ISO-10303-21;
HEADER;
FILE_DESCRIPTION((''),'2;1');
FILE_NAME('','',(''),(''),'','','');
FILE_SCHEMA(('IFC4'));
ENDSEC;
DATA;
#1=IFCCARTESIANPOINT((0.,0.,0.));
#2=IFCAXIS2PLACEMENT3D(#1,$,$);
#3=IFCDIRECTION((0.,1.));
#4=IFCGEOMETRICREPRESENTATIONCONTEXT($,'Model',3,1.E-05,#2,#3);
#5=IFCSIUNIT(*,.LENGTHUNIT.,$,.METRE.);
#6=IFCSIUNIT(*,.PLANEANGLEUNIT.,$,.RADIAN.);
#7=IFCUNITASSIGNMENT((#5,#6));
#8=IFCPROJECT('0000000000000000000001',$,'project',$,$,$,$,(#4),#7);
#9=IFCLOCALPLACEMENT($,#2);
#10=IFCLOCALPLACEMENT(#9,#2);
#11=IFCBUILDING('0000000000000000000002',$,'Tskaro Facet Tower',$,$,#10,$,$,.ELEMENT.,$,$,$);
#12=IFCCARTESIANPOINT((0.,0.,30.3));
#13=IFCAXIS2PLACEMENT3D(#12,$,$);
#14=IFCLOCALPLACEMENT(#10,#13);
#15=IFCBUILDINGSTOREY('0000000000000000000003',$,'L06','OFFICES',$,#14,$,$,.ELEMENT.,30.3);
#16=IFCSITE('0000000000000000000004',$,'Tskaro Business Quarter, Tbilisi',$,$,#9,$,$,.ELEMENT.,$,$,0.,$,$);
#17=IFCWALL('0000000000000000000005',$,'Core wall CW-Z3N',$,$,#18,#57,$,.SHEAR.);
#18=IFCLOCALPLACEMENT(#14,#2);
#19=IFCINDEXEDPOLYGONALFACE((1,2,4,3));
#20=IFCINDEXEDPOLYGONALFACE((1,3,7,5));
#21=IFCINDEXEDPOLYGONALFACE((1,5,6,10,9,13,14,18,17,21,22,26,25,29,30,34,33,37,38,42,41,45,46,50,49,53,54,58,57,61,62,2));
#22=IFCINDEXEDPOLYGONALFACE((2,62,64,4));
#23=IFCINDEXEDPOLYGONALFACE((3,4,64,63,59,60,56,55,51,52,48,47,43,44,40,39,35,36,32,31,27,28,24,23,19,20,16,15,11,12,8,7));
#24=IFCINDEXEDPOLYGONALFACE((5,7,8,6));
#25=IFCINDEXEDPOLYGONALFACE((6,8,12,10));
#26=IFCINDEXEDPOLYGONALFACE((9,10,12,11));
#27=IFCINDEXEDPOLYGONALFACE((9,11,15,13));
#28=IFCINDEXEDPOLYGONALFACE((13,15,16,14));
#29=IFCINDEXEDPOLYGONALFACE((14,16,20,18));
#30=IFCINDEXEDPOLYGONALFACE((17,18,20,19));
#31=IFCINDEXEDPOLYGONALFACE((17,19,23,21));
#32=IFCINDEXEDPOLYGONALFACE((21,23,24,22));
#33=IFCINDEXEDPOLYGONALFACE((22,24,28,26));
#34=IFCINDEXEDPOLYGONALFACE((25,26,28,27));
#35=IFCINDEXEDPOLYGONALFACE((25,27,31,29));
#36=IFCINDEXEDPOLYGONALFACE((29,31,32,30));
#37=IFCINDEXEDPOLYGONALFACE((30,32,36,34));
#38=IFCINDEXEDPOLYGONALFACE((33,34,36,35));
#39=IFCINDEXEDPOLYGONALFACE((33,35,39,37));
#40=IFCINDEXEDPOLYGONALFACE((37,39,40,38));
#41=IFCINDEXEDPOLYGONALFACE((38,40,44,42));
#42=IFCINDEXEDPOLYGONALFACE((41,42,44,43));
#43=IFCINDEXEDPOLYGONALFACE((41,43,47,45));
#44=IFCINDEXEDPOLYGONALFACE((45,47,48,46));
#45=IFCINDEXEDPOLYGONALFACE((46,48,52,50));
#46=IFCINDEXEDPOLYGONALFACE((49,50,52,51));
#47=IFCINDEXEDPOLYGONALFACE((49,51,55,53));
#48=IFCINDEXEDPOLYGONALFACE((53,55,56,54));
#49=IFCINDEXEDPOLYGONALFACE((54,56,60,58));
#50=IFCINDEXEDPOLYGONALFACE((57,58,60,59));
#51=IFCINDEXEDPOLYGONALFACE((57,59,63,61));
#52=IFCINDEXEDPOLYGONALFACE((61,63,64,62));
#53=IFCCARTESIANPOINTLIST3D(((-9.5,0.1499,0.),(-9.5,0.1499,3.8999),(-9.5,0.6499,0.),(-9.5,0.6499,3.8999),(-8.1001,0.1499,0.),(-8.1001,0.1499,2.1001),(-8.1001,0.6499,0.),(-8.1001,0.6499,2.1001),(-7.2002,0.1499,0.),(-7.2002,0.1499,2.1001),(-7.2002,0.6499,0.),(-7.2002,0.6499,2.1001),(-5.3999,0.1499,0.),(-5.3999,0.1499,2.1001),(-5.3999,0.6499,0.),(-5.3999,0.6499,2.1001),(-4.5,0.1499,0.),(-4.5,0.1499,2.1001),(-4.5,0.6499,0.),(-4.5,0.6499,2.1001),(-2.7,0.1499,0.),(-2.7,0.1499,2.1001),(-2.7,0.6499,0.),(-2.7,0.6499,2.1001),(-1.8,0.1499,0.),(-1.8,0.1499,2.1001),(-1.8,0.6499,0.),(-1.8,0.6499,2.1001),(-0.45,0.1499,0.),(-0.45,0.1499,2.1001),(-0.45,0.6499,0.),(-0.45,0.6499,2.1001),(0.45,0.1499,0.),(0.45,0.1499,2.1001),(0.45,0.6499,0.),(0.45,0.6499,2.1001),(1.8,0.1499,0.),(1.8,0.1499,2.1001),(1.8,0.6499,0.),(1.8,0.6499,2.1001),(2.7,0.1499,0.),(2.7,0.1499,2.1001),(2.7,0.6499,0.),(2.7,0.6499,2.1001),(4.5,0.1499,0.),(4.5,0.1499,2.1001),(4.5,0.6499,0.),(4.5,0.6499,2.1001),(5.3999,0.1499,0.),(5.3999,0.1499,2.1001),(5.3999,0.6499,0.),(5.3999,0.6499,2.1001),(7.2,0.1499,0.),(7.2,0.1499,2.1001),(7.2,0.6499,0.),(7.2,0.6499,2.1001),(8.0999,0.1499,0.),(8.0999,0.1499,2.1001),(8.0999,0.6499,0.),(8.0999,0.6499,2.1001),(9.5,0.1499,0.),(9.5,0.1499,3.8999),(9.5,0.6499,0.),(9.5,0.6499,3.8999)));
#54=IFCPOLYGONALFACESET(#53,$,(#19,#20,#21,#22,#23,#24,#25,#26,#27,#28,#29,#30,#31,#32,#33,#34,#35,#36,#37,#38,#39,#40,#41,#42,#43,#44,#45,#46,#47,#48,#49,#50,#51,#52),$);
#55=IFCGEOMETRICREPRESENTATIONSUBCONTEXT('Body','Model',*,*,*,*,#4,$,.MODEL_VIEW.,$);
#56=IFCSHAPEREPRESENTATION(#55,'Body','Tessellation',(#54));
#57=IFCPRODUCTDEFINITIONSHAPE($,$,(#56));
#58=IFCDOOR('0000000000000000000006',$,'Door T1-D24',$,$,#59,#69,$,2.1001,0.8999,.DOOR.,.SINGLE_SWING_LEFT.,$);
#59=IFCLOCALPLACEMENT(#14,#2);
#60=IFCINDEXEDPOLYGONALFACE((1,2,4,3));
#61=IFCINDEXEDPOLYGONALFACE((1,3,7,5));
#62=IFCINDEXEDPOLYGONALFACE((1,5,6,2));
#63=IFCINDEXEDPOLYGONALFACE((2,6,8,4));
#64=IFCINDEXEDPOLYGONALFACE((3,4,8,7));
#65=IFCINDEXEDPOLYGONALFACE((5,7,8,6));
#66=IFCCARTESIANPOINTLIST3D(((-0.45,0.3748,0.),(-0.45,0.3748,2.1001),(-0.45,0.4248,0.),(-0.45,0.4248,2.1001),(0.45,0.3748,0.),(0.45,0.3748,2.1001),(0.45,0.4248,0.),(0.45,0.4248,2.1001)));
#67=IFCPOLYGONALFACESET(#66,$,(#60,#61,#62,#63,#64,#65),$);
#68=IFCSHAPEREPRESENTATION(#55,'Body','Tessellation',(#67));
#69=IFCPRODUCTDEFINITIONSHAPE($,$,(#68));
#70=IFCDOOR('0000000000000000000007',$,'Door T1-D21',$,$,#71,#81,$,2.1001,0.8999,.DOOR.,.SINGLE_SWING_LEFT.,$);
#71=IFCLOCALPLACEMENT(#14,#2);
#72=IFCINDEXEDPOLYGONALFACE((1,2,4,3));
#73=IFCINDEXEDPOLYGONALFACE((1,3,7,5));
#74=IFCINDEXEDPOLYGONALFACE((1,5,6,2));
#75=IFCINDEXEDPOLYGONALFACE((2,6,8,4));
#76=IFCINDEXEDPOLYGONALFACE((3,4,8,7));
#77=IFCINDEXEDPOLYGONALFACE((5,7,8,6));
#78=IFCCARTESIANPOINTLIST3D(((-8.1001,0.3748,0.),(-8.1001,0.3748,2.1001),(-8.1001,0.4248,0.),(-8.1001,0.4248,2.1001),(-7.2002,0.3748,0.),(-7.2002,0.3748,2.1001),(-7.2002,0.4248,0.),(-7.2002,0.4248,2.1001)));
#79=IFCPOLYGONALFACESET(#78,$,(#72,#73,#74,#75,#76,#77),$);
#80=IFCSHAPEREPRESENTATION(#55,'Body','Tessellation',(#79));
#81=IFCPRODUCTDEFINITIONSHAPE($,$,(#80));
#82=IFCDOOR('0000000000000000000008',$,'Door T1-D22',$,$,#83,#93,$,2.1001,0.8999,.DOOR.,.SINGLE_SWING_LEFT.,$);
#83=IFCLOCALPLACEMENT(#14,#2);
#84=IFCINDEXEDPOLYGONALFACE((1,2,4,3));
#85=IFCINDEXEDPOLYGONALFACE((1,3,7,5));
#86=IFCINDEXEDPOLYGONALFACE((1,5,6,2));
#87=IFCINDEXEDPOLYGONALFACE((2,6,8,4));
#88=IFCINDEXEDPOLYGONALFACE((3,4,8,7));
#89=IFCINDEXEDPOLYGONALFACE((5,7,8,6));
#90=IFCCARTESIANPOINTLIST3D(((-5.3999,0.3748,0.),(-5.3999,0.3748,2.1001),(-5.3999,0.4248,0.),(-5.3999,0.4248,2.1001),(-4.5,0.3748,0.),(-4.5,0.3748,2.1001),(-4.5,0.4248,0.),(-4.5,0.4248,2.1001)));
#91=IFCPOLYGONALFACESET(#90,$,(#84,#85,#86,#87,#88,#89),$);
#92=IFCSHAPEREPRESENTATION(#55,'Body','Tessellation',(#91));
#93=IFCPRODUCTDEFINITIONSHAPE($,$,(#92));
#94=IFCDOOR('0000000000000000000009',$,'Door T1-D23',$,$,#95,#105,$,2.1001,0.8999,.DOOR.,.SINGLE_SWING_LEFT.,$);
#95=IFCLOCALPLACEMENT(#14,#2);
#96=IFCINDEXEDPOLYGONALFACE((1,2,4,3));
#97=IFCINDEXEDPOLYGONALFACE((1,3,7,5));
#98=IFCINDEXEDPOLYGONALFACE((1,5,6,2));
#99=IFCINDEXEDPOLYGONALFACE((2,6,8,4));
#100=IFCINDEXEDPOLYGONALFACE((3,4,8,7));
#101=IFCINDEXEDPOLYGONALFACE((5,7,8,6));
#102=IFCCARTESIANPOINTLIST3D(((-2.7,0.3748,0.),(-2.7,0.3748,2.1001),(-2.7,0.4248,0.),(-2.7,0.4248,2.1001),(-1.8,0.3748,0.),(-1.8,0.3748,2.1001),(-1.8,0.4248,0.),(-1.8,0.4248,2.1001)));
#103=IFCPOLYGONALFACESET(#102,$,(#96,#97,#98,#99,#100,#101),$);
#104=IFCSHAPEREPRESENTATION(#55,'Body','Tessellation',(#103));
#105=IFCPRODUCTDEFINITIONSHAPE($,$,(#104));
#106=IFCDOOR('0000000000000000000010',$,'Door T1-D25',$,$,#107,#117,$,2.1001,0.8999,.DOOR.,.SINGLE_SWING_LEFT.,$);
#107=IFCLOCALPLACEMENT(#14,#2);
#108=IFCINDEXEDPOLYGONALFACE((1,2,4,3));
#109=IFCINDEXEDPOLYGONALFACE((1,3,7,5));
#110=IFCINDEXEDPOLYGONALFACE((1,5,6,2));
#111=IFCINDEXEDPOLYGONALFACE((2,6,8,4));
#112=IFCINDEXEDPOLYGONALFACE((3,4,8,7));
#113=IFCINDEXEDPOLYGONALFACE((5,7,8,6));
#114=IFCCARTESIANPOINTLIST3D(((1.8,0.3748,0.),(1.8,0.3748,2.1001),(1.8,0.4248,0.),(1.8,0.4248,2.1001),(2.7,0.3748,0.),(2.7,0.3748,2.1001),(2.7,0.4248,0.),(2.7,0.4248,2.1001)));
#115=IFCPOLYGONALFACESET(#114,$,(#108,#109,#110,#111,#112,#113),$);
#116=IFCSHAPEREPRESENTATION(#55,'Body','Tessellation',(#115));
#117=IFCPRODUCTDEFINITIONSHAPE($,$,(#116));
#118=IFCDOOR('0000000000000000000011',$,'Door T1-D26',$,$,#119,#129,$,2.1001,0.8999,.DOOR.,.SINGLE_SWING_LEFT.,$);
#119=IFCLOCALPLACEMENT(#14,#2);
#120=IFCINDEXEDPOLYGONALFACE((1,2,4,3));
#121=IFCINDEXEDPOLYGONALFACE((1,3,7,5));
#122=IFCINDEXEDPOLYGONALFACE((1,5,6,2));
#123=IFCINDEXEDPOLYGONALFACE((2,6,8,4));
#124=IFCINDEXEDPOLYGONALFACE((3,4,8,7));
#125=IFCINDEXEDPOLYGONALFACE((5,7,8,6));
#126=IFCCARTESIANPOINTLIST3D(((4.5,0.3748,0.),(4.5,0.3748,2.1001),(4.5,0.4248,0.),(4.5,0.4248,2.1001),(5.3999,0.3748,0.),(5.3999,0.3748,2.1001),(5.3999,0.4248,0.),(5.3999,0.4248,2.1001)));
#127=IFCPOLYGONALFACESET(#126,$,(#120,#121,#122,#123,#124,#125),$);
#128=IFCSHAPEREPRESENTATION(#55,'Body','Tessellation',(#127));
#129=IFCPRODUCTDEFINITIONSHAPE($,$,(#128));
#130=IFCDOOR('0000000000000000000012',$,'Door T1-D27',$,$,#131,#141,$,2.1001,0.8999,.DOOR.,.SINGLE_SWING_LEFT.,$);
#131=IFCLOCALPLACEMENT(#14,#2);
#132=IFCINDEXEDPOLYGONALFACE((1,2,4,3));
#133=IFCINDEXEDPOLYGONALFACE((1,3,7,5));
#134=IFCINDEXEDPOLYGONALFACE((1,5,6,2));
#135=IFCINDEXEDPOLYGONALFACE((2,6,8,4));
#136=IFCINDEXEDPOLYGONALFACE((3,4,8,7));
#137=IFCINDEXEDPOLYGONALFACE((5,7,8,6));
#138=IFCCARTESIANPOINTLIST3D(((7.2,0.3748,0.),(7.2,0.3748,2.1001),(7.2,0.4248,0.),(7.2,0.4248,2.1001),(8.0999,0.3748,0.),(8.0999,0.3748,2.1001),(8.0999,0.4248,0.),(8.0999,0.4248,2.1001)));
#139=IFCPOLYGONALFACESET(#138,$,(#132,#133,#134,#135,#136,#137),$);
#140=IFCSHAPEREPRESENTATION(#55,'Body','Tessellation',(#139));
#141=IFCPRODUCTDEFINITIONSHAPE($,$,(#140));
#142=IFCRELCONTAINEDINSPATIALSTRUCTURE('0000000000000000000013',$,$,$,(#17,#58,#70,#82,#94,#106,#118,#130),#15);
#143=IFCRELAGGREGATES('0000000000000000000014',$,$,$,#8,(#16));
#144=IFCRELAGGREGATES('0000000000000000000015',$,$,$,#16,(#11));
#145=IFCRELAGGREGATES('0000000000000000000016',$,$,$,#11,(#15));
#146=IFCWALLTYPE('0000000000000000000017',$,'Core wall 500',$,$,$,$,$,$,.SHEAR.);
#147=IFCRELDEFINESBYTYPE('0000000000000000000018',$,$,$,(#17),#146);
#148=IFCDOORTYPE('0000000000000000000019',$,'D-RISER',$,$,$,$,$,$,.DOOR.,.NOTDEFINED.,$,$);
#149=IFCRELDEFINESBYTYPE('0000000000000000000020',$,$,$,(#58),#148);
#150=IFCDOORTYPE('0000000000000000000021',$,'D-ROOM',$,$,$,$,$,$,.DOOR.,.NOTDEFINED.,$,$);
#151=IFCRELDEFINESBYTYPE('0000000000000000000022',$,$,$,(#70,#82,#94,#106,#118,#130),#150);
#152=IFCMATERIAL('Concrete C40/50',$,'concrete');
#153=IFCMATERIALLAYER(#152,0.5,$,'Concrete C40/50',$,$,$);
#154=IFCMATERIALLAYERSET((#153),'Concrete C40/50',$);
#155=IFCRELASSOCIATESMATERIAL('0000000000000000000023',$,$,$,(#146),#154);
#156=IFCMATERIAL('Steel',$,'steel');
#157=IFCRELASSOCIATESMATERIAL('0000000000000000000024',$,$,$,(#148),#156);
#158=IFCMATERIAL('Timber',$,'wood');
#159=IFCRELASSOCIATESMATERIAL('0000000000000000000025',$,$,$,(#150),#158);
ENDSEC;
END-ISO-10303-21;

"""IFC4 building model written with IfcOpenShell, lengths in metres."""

from ifc_helpers import new_model, si_unit, direction, frame, frame_2d, origin, place, context, subcontext, project, spatial, rectangle, extrude, material, layer, layer_set, type_object, element, fill, save


model = new_model("IFC4")

# Units and contexts
model_context = context("Model", 3, precision=1e-05, world=origin(), true_north=direction((0.0, 1.0)))
body_context = subcontext(model_context, "Body", "Model", "MODEL_VIEW")
ifc_project = project(units=[si_unit("LENGTHUNIT", "METRE"), si_unit("PLANEANGLEUNIT", "RADIAN")], contexts=[model_context])

# Site, building, storey
site_placement = place(None, origin())
site = spatial("IfcSite", under=ifc_project, at=site_placement, Name="Tskaro Business Quarter, Tbilisi", CompositionType="ELEMENT", RefElevation=0.0)
building_placement = place(site_placement, origin())
building = spatial("IfcBuilding", under=site, at=building_placement, Name="Tskaro Facet Tower", CompositionType="ELEMENT")
storey_placement = place(building_placement, frame((0.0, 0.0, 30.3)))
storey = spatial("IfcBuildingStorey", under=building, at=storey_placement, Name="L06", Description="OFFICES", CompositionType="ELEMENT", Elevation=30.3)

# Wall, openings, doors
ifc_material_1 = material(Name="Concrete C40/50", Category="concrete")
ifc_layer_1 = layer(ifc_material_1, 0.5, Name="Concrete C40/50")
ifc_layer_set_1 = layer_set([ifc_layer_1], Name="Concrete C40/50")
wall_type_1 = type_object("IfcWallType", Name="Core wall 500", PredefinedType="SHEAR", material=ifc_layer_set_1)
wall_1_placement = place(storey_placement, frame((-9.5, 0.3999, 0.0), z_axis=(0.0, 0.0, 1.0), x_axis=(1.0, 0.0, 0.0)))
wall_1 = element("IfcWall", 1, at=wall_1_placement, inside=storey, type_object=wall_type_1, Name="Core wall CW-Z3N", PredefinedType="SHEAR", context=body_context, shape_type="SweptSolid", body=[
    extrude(rectangle(XDim=19.0, YDim=0.5, at=frame_2d((9.5, 0.0))), origin(), (0.0, 0.0, 1.0), 3.8999),
])
opening_1_placement = place(wall_1_placement, frame((1.3999, 0.0, 0.0)))
opening_1 = element("IfcOpeningElement", 2, at=opening_1_placement, cuts=wall_1, PredefinedType="OPENING", context=body_context, shape_type="SweptSolid", body=[
    extrude(rectangle(XDim=0.8999, YDim=2.1001, at=frame_2d((0.45, 1.05))), frame((0.0, 0.26, 0.0), z_axis=(0.0, -1.0, 0.0), x_axis=(1.0, 0.0, 0.0)), (0.0, 0.0, 1.0), 0.52),
])
opening_2_placement = place(wall_1_placement, frame((4.1001, 0.0, 0.0)))
opening_2 = element("IfcOpeningElement", 3, at=opening_2_placement, cuts=wall_1, PredefinedType="OPENING", context=body_context, shape_type="SweptSolid", body=[
    extrude(rectangle(XDim=0.8999, YDim=2.1001, at=frame_2d((0.45, 1.05))), frame((0.0, 0.26, 0.0), z_axis=(0.0, -1.0, 0.0), x_axis=(1.0, 0.0, 0.0)), (0.0, 0.0, 1.0), 0.52),
])
opening_3_placement = place(wall_1_placement, frame((6.8, 0.0, 0.0)))
opening_3 = element("IfcOpeningElement", 4, at=opening_3_placement, cuts=wall_1, PredefinedType="OPENING", context=body_context, shape_type="SweptSolid", body=[
    extrude(rectangle(XDim=0.8999, YDim=2.1001, at=frame_2d((0.45, 1.05))), frame((0.0, 0.26, 0.0), z_axis=(0.0, -1.0, 0.0), x_axis=(1.0, 0.0, 0.0)), (0.0, 0.0, 1.0), 0.52),
])
opening_4_placement = place(wall_1_placement, frame((11.3, 0.0, 0.0)))
opening_4 = element("IfcOpeningElement", 5, at=opening_4_placement, cuts=wall_1, PredefinedType="OPENING", context=body_context, shape_type="SweptSolid", body=[
    extrude(rectangle(XDim=0.8999, YDim=2.1001, at=frame_2d((0.45, 1.05))), frame((0.0, 0.26, 0.0), z_axis=(0.0, -1.0, 0.0), x_axis=(1.0, 0.0, 0.0)), (0.0, 0.0, 1.0), 0.52),
])
opening_5_placement = place(wall_1_placement, frame((14.0, 0.0, 0.0)))
opening_5 = element("IfcOpeningElement", 6, at=opening_5_placement, cuts=wall_1, PredefinedType="OPENING", context=body_context, shape_type="SweptSolid", body=[
    extrude(rectangle(XDim=0.8999, YDim=2.1001, at=frame_2d((0.45, 1.05))), frame((0.0, 0.26, 0.0), z_axis=(0.0, -1.0, 0.0), x_axis=(1.0, 0.0, 0.0)), (0.0, 0.0, 1.0), 0.52),
])
opening_6_placement = place(wall_1_placement, frame((16.7, 0.0, 0.0)))
opening_6 = element("IfcOpeningElement", 7, at=opening_6_placement, cuts=wall_1, PredefinedType="OPENING", context=body_context, shape_type="SweptSolid", body=[
    extrude(rectangle(XDim=0.8999, YDim=2.1001, at=frame_2d((0.45, 1.05))), frame((0.0, 0.26, 0.0), z_axis=(0.0, -1.0, 0.0), x_axis=(1.0, 0.0, 0.0)), (0.0, 0.0, 1.0), 0.52),
])
opening_7_placement = place(wall_1_placement, frame((9.05, 0.0, 0.0)))
opening_7 = element("IfcOpeningElement", 8, at=opening_7_placement, cuts=wall_1, PredefinedType="OPENING", context=body_context, shape_type="SweptSolid", body=[
    extrude(rectangle(XDim=0.8999, YDim=2.1001, at=frame_2d((0.45, 1.05))), frame((0.0, 0.26, 0.0), z_axis=(0.0, -1.0, 0.0), x_axis=(1.0, 0.0, 0.0)), (0.0, 0.0, 1.0), 0.52),
])
ifc_material_2 = material(Name="Steel", Category="steel")
door_type_1 = type_object("IfcDoorType", Name="D-RISER", OperationType="NOTDEFINED", PredefinedType="DOOR", material=ifc_material_2)
door_1_placement = place(opening_7_placement, origin())
door_1 = element("IfcDoor", 9, at=door_1_placement, inside=storey, type_object=door_type_1, Name="Door T1-D24", OperationType="SINGLE_SWING_LEFT", OverallHeight=2.1001, OverallWidth=0.8999, PredefinedType="DOOR", context=body_context, shape_type="SweptSolid", body=[
    extrude(rectangle(XDim=0.8999, YDim=2.1001, at=frame_2d((0.45, 1.05))), frame((0.0, 0.0249, 0.0), z_axis=(0.0, -1.0, 0.0), x_axis=(1.0, 0.0, 0.0)), (0.0, 0.0, 1.0), 0.05),
])
fill(opening_7, door_1)
ifc_material_3 = material(Name="Timber", Category="wood")
door_type_2 = type_object("IfcDoorType", Name="D-ROOM", OperationType="NOTDEFINED", PredefinedType="DOOR", material=ifc_material_3)
door_2_placement = place(opening_1_placement, origin())
door_2 = element("IfcDoor", 10, at=door_2_placement, inside=storey, type_object=door_type_2, Name="Door T1-D21", OperationType="SINGLE_SWING_LEFT", OverallHeight=2.1001, OverallWidth=0.8999, PredefinedType="DOOR", context=body_context, shape_type="SweptSolid", body=[
    extrude(rectangle(XDim=0.8999, YDim=2.1001, at=frame_2d((0.45, 1.05))), frame((0.0, 0.0249, 0.0), z_axis=(0.0, -1.0, 0.0), x_axis=(1.0, 0.0, 0.0)), (0.0, 0.0, 1.0), 0.05),
])
fill(opening_1, door_2)
door_3_placement = place(opening_2_placement, origin())
door_3 = element("IfcDoor", 11, at=door_3_placement, inside=storey, type_object=door_type_2, Name="Door T1-D22", OperationType="SINGLE_SWING_LEFT", OverallHeight=2.1001, OverallWidth=0.8999, PredefinedType="DOOR", context=body_context, shape_type="SweptSolid", body=[
    extrude(rectangle(XDim=0.8999, YDim=2.1001, at=frame_2d((0.45, 1.05))), frame((0.0, 0.0249, 0.0), z_axis=(0.0, -1.0, 0.0), x_axis=(1.0, 0.0, 0.0)), (0.0, 0.0, 1.0), 0.05),
])
fill(opening_2, door_3)
door_4_placement = place(opening_3_placement, origin())
door_4 = element("IfcDoor", 12, at=door_4_placement, inside=storey, type_object=door_type_2, Name="Door T1-D23", OperationType="SINGLE_SWING_LEFT", OverallHeight=2.1001, OverallWidth=0.8999, PredefinedType="DOOR", context=body_context, shape_type="SweptSolid", body=[
    extrude(rectangle(XDim=0.8999, YDim=2.1001, at=frame_2d((0.45, 1.05))), frame((0.0, 0.0249, 0.0), z_axis=(0.0, -1.0, 0.0), x_axis=(1.0, 0.0, 0.0)), (0.0, 0.0, 1.0), 0.05),
])
fill(opening_3, door_4)
door_5_placement = place(opening_4_placement, origin())
door_5 = element("IfcDoor", 13, at=door_5_placement, inside=storey, type_object=door_type_2, Name="Door T1-D25", OperationType="SINGLE_SWING_LEFT", OverallHeight=2.1001, OverallWidth=0.8999, PredefinedType="DOOR", context=body_context, shape_type="SweptSolid", body=[
    extrude(rectangle(XDim=0.8999, YDim=2.1001, at=frame_2d((0.45, 1.05))), frame((0.0, 0.0249, 0.0), z_axis=(0.0, -1.0, 0.0), x_axis=(1.0, 0.0, 0.0)), (0.0, 0.0, 1.0), 0.05),
])
fill(opening_4, door_5)
door_6_placement = place(opening_5_placement, origin())
door_6 = element("IfcDoor", 14, at=door_6_placement, inside=storey, type_object=door_type_2, Name="Door T1-D26", OperationType="SINGLE_SWING_LEFT", OverallHeight=2.1001, OverallWidth=0.8999, PredefinedType="DOOR", context=body_context, shape_type="SweptSolid", body=[
    extrude(rectangle(XDim=0.8999, YDim=2.1001, at=frame_2d((0.45, 1.05))), frame((0.0, 0.0249, 0.0), z_axis=(0.0, -1.0, 0.0), x_axis=(1.0, 0.0, 0.0)), (0.0, 0.0, 1.0), 0.05),
])
fill(opening_5, door_6)
door_7_placement = place(opening_6_placement, origin())
door_7 = element("IfcDoor", 15, at=door_7_placement, inside=storey, type_object=door_type_2, Name="Door T1-D27", OperationType="SINGLE_SWING_LEFT", OverallHeight=2.1001, OverallWidth=0.8999, PredefinedType="DOOR", context=body_context, shape_type="SweptSolid", body=[
    extrude(rectangle(XDim=0.8999, YDim=2.1001, at=frame_2d((0.45, 1.05))), frame((0.0, 0.0249, 0.0), z_axis=(0.0, -1.0, 0.0), x_axis=(1.0, 0.0, 0.0)), (0.0, 0.0, 1.0), 0.05),
])
fill(opening_6, door_7)

save(model, "model.ifc")
